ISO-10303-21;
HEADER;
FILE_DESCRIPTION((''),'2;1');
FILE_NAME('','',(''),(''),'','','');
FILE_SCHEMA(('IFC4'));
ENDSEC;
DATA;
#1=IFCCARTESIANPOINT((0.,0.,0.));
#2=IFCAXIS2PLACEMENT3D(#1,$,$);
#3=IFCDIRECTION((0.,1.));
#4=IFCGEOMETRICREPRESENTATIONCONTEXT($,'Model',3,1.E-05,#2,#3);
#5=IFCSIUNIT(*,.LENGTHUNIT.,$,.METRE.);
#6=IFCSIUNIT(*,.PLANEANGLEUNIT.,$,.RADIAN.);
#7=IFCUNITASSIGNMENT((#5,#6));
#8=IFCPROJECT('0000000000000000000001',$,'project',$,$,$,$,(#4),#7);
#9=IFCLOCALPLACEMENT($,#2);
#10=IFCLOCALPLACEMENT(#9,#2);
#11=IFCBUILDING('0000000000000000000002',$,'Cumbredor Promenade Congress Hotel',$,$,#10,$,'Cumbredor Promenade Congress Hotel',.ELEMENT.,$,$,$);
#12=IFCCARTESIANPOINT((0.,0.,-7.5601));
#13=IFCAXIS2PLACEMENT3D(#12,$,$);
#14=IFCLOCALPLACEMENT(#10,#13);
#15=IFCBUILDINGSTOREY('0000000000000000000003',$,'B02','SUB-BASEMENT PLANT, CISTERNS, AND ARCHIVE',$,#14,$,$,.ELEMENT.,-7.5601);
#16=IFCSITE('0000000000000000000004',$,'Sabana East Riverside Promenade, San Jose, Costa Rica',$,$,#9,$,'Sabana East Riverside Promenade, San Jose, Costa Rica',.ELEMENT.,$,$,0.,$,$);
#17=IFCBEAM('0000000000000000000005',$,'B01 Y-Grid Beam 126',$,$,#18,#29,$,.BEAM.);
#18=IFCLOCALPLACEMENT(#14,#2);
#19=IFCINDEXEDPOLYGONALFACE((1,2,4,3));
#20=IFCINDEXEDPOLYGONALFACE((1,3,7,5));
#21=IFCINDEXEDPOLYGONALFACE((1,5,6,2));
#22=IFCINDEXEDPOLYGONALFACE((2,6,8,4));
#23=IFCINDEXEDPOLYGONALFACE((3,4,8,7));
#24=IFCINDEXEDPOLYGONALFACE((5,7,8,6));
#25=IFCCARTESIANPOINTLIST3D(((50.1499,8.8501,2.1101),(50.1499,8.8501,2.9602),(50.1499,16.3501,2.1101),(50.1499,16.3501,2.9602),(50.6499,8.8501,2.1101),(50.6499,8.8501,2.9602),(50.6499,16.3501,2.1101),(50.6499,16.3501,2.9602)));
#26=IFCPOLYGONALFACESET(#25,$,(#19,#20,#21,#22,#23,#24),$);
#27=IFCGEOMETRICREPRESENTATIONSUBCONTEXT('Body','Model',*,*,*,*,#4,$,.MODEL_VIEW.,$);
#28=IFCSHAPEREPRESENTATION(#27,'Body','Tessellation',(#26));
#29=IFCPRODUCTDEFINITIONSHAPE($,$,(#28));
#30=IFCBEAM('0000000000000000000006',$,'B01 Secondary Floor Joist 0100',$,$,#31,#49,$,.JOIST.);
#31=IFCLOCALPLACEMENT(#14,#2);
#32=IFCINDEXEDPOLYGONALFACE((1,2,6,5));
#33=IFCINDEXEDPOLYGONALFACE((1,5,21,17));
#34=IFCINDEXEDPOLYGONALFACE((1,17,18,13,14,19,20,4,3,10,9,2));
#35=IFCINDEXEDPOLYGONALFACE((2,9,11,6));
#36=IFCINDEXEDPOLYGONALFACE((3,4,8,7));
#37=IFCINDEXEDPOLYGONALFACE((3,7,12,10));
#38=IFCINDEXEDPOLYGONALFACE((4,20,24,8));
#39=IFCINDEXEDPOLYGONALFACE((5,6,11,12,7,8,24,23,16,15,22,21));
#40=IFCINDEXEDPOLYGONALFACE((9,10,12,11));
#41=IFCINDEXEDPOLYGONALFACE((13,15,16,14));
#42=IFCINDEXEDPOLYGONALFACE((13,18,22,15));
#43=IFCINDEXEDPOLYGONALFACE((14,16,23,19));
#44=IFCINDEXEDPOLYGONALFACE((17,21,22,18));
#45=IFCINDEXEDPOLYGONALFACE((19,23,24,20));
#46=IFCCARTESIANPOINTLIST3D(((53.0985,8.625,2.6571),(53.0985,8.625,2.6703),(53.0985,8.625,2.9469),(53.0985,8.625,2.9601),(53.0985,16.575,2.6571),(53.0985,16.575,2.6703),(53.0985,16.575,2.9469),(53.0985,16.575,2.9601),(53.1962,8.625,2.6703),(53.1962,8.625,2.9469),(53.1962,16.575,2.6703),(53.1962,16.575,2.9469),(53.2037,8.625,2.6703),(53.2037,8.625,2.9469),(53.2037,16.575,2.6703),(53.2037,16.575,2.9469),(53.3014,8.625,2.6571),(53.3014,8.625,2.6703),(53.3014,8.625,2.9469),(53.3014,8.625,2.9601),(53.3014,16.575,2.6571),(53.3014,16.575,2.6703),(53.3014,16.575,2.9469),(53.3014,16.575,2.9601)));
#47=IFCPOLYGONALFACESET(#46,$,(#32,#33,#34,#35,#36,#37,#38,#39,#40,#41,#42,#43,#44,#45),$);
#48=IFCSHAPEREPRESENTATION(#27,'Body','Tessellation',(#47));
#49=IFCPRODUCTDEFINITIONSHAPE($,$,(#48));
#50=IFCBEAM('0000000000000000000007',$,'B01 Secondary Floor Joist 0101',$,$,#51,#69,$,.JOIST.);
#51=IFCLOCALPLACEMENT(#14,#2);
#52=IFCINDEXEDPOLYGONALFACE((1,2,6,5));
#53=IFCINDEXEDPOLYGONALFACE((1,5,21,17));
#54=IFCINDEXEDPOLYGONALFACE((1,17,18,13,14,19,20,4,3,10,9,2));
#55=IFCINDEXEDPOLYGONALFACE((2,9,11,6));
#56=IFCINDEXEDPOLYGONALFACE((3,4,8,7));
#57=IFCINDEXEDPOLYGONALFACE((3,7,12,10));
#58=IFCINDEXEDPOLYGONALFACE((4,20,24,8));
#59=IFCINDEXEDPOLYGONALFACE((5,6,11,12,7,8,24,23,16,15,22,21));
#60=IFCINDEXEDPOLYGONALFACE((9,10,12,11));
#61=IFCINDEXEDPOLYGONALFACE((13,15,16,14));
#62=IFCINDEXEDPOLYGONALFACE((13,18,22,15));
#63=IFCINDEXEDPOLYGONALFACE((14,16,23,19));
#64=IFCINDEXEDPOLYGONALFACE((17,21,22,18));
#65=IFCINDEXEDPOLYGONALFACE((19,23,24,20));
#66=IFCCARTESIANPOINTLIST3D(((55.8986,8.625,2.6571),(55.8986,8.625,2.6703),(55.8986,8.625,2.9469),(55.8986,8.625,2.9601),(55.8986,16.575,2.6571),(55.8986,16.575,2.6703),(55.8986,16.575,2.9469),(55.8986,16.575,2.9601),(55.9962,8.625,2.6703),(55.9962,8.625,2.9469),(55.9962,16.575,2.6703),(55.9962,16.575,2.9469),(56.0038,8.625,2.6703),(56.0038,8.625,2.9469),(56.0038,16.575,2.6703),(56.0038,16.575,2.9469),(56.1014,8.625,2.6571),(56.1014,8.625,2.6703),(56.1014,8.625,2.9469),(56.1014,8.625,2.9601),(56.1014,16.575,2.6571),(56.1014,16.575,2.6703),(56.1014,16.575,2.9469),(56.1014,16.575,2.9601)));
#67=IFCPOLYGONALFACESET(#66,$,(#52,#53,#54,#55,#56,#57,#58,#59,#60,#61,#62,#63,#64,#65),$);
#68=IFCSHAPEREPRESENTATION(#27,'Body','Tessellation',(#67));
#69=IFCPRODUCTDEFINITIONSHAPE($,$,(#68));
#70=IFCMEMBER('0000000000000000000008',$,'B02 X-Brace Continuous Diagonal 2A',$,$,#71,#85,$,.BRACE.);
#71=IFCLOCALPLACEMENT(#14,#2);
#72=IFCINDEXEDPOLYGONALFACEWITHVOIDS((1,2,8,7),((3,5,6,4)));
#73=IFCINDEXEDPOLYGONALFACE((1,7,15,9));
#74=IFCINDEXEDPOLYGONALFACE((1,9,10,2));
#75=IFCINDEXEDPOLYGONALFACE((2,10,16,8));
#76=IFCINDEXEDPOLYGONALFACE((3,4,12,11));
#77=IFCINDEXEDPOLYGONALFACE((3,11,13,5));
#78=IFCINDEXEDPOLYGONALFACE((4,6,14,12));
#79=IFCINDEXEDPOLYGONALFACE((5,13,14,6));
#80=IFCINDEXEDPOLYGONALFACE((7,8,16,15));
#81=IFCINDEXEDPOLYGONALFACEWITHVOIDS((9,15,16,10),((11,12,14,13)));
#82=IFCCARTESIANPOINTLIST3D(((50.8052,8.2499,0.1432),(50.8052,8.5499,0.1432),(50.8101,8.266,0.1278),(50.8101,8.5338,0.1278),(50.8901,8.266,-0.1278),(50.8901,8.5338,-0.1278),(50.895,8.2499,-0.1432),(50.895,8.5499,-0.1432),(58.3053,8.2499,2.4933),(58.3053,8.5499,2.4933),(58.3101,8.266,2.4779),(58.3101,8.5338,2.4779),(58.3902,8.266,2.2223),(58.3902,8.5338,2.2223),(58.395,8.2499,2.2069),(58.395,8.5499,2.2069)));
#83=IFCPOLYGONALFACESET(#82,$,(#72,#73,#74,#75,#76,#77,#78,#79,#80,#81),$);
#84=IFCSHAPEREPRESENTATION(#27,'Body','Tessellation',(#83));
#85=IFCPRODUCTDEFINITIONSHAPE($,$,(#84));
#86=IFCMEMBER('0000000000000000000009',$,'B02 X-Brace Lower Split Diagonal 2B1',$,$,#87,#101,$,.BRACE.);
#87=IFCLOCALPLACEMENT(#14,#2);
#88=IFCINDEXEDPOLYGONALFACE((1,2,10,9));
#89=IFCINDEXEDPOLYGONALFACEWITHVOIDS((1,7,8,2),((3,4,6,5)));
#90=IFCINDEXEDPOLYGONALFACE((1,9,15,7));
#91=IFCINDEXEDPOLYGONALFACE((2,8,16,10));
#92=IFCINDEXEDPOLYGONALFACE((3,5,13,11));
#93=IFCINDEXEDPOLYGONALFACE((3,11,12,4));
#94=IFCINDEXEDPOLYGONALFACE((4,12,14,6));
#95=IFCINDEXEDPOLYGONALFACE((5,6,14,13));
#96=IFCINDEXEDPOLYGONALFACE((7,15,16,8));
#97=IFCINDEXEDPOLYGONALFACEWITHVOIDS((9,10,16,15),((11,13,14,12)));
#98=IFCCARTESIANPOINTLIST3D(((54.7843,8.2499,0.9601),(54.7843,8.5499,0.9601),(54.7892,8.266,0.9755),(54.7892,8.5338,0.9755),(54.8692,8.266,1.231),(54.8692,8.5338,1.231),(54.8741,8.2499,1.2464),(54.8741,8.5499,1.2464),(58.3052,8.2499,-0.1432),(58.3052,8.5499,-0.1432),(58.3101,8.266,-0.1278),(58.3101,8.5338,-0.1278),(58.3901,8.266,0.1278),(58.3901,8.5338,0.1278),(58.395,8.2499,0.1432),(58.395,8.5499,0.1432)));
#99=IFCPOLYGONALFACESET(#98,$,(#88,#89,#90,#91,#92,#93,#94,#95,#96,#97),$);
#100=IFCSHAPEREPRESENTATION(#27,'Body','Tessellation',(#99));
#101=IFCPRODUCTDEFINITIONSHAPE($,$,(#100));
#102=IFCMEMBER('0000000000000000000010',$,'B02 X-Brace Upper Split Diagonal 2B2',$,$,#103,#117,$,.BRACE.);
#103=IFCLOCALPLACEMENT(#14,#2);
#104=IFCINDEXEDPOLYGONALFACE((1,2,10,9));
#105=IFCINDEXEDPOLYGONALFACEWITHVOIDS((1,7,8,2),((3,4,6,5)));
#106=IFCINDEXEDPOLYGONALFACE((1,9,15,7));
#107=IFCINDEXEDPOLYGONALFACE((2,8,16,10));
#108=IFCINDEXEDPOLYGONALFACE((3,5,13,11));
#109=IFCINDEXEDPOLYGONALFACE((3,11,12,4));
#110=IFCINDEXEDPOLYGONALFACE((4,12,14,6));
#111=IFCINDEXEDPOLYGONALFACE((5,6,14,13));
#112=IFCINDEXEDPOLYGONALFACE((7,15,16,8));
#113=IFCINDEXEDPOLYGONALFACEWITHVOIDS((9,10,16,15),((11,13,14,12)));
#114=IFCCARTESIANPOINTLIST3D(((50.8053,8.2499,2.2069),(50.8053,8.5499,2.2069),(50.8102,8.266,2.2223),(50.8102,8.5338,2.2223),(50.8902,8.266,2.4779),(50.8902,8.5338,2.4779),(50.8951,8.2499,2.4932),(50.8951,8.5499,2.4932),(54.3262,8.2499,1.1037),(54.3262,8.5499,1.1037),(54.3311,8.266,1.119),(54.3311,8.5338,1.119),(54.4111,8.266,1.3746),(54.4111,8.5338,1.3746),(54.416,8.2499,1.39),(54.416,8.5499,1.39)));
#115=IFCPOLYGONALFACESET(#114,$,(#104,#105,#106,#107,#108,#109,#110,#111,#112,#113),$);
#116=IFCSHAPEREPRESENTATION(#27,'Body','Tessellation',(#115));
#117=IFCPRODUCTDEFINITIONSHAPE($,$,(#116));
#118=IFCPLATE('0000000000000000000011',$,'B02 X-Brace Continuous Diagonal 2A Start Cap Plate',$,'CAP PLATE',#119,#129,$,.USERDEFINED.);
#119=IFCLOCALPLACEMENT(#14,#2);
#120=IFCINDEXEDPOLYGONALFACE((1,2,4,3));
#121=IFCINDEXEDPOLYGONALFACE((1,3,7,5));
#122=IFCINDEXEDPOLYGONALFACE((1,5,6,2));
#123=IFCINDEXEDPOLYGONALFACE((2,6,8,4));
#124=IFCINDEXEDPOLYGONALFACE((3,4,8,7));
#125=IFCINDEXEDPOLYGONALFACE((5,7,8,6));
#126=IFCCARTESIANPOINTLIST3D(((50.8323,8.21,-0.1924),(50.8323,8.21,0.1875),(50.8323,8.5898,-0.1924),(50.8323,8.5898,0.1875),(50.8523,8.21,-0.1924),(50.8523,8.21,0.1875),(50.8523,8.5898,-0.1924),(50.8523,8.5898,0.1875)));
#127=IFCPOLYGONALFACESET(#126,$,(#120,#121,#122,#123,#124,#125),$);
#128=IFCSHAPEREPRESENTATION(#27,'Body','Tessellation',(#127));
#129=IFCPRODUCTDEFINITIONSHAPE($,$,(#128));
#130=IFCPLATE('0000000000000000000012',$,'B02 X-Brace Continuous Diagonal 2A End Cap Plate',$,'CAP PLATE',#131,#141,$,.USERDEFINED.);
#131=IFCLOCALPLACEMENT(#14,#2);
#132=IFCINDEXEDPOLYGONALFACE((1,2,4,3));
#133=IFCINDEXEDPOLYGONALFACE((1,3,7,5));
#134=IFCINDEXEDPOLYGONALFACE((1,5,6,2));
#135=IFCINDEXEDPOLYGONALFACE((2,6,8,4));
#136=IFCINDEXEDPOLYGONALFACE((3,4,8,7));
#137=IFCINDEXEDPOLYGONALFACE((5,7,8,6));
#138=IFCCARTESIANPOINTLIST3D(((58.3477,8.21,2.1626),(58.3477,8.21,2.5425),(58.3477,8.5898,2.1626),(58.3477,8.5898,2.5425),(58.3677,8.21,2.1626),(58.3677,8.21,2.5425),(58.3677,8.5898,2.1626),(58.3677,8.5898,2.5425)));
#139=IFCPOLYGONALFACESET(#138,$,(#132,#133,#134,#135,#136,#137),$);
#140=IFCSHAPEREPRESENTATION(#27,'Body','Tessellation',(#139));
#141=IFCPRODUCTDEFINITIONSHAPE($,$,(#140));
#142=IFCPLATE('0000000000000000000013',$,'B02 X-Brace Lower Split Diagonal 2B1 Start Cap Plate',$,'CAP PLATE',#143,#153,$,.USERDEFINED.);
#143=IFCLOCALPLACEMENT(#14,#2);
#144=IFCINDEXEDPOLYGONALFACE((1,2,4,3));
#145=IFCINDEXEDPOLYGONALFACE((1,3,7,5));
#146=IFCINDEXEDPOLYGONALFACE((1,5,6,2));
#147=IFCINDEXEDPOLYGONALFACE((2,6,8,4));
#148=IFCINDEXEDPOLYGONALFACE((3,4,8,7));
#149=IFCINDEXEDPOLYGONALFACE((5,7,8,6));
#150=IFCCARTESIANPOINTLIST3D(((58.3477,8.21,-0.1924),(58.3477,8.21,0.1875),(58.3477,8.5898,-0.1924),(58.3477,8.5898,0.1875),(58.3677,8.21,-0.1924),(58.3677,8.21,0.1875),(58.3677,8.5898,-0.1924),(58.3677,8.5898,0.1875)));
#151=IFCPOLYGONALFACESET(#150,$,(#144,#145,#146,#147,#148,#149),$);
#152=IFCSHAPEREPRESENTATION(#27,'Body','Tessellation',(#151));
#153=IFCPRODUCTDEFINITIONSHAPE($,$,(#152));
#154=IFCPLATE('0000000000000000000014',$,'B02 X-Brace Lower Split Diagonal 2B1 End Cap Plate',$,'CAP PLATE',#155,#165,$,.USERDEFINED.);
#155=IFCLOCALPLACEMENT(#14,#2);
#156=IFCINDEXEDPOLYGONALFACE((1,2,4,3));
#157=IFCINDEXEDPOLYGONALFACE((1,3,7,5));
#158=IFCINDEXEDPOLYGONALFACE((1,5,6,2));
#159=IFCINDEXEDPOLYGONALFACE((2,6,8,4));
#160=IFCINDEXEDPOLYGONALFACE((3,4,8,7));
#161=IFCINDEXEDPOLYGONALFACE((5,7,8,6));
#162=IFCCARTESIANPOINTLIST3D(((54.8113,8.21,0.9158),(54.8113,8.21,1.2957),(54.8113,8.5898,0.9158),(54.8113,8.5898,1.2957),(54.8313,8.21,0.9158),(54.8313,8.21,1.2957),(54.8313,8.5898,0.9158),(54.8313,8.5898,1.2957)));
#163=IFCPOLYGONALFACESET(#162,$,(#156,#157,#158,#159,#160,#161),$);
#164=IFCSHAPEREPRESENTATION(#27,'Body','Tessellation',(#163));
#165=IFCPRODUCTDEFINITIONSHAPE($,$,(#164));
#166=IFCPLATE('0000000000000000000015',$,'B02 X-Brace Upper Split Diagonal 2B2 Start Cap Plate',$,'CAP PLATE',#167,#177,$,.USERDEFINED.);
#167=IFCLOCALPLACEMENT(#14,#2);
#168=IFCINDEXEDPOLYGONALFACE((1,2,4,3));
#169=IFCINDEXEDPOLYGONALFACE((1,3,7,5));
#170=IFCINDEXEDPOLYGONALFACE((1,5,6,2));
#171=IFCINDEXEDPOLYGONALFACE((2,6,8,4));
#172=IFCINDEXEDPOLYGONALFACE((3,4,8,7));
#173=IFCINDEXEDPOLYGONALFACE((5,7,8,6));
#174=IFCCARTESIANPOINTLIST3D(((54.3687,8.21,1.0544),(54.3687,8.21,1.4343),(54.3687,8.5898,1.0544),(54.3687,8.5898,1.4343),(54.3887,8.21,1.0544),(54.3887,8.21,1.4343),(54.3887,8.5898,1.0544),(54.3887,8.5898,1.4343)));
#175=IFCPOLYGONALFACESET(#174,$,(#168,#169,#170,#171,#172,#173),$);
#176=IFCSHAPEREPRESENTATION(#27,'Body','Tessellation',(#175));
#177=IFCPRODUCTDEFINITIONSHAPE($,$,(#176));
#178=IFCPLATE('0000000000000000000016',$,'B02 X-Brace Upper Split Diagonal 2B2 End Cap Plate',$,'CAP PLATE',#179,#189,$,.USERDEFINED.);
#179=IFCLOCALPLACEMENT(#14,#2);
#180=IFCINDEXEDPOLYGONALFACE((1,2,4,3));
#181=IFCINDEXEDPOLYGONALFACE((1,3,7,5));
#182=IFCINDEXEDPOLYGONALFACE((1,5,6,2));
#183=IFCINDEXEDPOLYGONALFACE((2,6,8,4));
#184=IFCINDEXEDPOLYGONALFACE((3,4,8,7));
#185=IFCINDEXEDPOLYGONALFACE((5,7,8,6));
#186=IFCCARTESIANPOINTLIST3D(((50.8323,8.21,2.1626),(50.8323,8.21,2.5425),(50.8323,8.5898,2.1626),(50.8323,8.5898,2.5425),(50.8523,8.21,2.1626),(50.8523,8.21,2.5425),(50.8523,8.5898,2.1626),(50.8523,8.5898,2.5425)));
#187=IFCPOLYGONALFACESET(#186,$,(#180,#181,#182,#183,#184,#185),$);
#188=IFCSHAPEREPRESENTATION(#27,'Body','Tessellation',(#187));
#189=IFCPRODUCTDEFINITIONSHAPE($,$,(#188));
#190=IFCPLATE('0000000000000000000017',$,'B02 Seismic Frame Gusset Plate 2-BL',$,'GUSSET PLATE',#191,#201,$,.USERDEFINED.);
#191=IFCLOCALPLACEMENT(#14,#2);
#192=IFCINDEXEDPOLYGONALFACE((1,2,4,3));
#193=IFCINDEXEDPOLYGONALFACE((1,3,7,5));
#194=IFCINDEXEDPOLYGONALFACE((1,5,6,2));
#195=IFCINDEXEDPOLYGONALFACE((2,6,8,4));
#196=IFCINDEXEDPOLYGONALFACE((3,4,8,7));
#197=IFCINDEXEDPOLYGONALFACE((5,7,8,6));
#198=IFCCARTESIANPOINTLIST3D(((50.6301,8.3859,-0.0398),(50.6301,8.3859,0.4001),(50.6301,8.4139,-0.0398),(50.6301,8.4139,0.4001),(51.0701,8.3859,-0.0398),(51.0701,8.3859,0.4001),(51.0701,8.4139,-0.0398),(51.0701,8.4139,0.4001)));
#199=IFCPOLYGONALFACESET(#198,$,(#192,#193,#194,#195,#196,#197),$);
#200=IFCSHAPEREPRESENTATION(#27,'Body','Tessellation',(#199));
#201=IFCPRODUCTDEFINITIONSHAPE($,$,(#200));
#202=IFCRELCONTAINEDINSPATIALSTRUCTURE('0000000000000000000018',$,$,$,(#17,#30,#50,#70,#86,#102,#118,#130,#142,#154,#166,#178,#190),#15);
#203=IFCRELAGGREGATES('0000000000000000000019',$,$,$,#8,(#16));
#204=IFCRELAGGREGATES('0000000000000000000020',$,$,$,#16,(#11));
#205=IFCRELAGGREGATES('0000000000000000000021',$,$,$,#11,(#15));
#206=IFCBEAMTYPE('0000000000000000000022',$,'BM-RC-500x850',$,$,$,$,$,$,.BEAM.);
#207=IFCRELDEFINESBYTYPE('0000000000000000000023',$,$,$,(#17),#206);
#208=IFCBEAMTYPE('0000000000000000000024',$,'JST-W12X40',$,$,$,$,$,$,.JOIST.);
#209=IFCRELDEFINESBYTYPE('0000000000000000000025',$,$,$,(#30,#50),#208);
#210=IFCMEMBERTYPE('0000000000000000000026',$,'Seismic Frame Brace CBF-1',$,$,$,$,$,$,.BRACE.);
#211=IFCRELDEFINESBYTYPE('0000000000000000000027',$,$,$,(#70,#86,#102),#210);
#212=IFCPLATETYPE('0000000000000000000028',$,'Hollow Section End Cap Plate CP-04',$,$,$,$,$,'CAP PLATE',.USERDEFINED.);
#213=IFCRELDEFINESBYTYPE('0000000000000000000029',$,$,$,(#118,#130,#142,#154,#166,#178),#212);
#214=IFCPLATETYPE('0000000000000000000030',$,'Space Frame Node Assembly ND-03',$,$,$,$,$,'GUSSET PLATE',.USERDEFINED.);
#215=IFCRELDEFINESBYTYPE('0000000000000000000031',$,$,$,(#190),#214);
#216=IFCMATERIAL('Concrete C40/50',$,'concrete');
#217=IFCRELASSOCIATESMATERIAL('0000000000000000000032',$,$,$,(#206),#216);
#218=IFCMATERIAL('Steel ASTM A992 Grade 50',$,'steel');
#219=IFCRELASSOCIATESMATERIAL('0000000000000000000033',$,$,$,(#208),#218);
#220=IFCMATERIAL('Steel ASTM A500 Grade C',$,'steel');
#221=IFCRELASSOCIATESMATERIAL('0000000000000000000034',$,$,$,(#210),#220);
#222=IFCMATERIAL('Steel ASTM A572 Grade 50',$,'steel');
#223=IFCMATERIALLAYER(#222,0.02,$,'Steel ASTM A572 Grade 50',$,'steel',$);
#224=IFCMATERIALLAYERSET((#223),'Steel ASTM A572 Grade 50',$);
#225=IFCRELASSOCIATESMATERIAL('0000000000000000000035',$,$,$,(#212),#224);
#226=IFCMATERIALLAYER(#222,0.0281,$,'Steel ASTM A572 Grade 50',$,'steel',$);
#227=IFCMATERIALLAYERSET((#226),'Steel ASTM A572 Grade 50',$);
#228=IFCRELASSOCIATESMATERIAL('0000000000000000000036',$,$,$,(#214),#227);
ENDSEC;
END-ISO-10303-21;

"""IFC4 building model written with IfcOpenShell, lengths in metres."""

from ifc_helpers import new_model, si_unit, direction, frame, origin, origin_2d, place, context, subcontext, project, spatial, rectangle, hollow_rectangle, i_section, extrude, material, layer, layer_set, material_profile, profile_set, type_object, element, save


model = new_model("IFC4")

# Units and contexts
model_context = context("Model", 3, precision=1e-05, world=origin(), true_north=direction((0.0, 1.0)))
body_context = subcontext(model_context, "Body", "Model", "MODEL_VIEW")
ifc_project = project(units=[si_unit("LENGTHUNIT", "METRE"), si_unit("PLANEANGLEUNIT", "RADIAN")], contexts=[model_context])

# Site, building, storey
site_placement = place(None, origin())
site = spatial("IfcSite", under=ifc_project, at=site_placement, Name="Sabana East Riverside Promenade, San Jose, Costa Rica", LongName="Sabana East Riverside Promenade, San Jose, Costa Rica", CompositionType="ELEMENT", RefElevation=0.0)
building_placement = place(site_placement, origin())
building = spatial("IfcBuilding", under=site, at=building_placement, Name="Cumbredor Promenade Congress Hotel", LongName="Cumbredor Promenade Congress Hotel", CompositionType="ELEMENT")
storey_placement = place(building_placement, frame((0.0, 0.0, -7.5601)))
storey = spatial("IfcBuildingStorey", under=building, at=storey_placement, Name="B02", Description="SUB-BASEMENT PLANT, CISTERNS, AND ARCHIVE", CompositionType="ELEMENT", Elevation=-7.5601)

# Shared definitions
ifc_material_1 = material(Name="Concrete C40/50", Category="concrete")

# Beams
ifc_material_profile_1 = material_profile(ifc_material_1, rectangle(XDim=0.5, YDim=0.8501, at=origin_2d()), Name="RC BEAM 500x850")
ifc_profile_set_1 = profile_set([ifc_material_profile_1], Name="Concrete C40/50")
beam_type_1 = type_object("IfcBeamType", Name="BM-RC-500x850", PredefinedType="BEAM", material=ifc_profile_set_1)
beam_1_placement = place(storey_placement, frame((50.3999, 8.8501, 2.5352), z_axis=(0.0, 1.0, 0.0), x_axis=(-1.0, 0.0, 0.0)))
element("IfcBeam", 1, at=beam_1_placement, inside=storey, type_object=beam_type_1, Name="B01 Y-Grid Beam 126", PredefinedType="BEAM", context=body_context, shape_type="SweptSolid", body=[
    extrude(rectangle(XDim=0.5, YDim=0.8501, at=origin_2d()), origin(), (0.0, 0.0, 1.0), 7.5),
])
ifc_material_2 = material(Name="Steel ASTM A992 Grade 50", Category="steel")
ifc_material_profile_2 = material_profile(ifc_material_2, i_section(OverallWidth=0.2029, OverallDepth=0.303, WebThickness=0.0076, FlangeThickness=0.0132, at=origin_2d()), Name="W12X40")
ifc_profile_set_2 = profile_set([ifc_material_profile_2], Name="Steel ASTM A992 Grade 50")
beam_type_2 = type_object("IfcBeamType", Name="JST-W12X40", PredefinedType="JOIST", material=ifc_profile_set_2)
for number, where, z_axis, x_axis, name in (
    (2, (53.2, 8.625, 2.8086), (0.0, 1.0, 0.0), (-1.0, 0.0, 0.0), "B01 Secondary Floor Joist 0100"),
    (3, (56.0, 8.625, 2.8086), (0.0, 1.0, 0.0), (-1.0, 0.0, 0.0), "B01 Secondary Floor Joist 0101"),
):
    element("IfcBeam", number, at=place(storey_placement, frame(where, z_axis=z_axis, x_axis=x_axis)), inside=storey, type_object=beam_type_2, Name=name, PredefinedType="JOIST", context=body_context, shape_type="SweptSolid", body=[
        extrude(i_section(OverallWidth=0.2029, OverallDepth=0.303, WebThickness=0.0076, FlangeThickness=0.0132, at=origin_2d()), origin(), (0.0, 0.0, 1.0), 7.95),
    ])

# Members
ifc_material_3 = material(Name="Steel ASTM A500 Grade C", Category="steel")
ifc_material_profile_3 = material_profile(ifc_material_3, hollow_rectangle(XDim=0.3, YDim=0.3, WallThickness=0.0161, at=origin_2d()), Name="HSS 300x300x16")
ifc_profile_set_3 = profile_set([ifc_material_profile_3], Name="Steel ASTM A500 Grade C")
member_type = type_object("IfcMemberType", Name="Seismic Frame Brace CBF-1", PredefinedType="BRACE", material=ifc_profile_set_3)
member_placement = place(storey_placement, frame((50.8501, 8.3999, 0.0), z_axis=(0.95425, 0.0, 0.299011), x_axis=(0.0, 1.0, 0.0)))
element("IfcMember", 4, at=member_placement, inside=storey, type_object=member_type, Name="B02 X-Brace Continuous Diagonal 2A", PredefinedType="BRACE", context=body_context, shape_type="SweptSolid", body=[
    extrude(hollow_rectangle(XDim=0.3, YDim=0.3, WallThickness=0.0161, at=origin_2d()), origin(), (0.0, 0.0, 1.0), 7.8596),
])
for number, where, z_axis, x_axis, name in (
    (5, (58.3501, 8.3999, 0.0), (-0.954251, 0.0, 0.299006), (0.0, -1.0, 0.0), "B02 X-Brace Lower Split Diagonal 2B1"),
    (6, (54.3711, 8.3999, 1.2468), (-0.954251, 0.0, 0.299006), (0.0, -1.0, 0.0), "B02 X-Brace Upper Split Diagonal 2B2"),
):
    element("IfcMember", number, at=place(storey_placement, frame(where, z_axis=z_axis, x_axis=x_axis)), inside=storey, type_object=member_type, Name=name, PredefinedType="BRACE", context=body_context, shape_type="SweptSolid", body=[
        extrude(hollow_rectangle(XDim=0.3, YDim=0.3, WallThickness=0.0161, at=origin_2d()), origin(), (0.0, 0.0, 1.0), 3.6897),
    ])

# Plates
ifc_material_4 = material(Name="Steel ASTM A572 Grade 50", Category="steel")
ifc_layer_1 = layer(ifc_material_4, 0.02, Name="Steel ASTM A572 Grade 50", Category="steel")
ifc_layer_set_1 = layer_set([ifc_layer_1], Name="Steel ASTM A572 Grade 50")
plate_type_1 = type_object("IfcPlateType", Name="Hollow Section End Cap Plate CP-04", ElementType="CAP PLATE", PredefinedType="USERDEFINED", material=ifc_layer_set_1)
for number, where, z_axis, x_axis, name in (
    (7, (50.8423, 8.3999, -0.1924), (0.0, 0.0, 1.0), (1.0, 0.0, 0.0), "B02 X-Brace Continuous Diagonal 2A Start Cap Plate"),
    (8, (58.3577, 8.3999, 2.1626), (0.0, 0.0, 1.0), (1.0, 0.0, 0.0), "B02 X-Brace Continuous Diagonal 2A End Cap Plate"),
    (9, (58.3577, 8.3999, -0.1924), (0.0, 0.0, 1.0), (-1.0, 0.0, 0.0), "B02 X-Brace Lower Split Diagonal 2B1 Start Cap Plate"),
    (10, (54.8213, 8.3999, 0.9158), (0.0, 0.0, 1.0), (-1.0, 0.0, 0.0), "B02 X-Brace Lower Split Diagonal 2B1 End Cap Plate"),
    (11, (54.3787, 8.3999, 1.0544), (0.0, 0.0, 1.0), (-1.0, 0.0, 0.0), "B02 X-Brace Upper Split Diagonal 2B2 Start Cap Plate"),
    (12, (50.8423, 8.3999, 2.1626), (0.0, 0.0, 1.0), (-1.0, 0.0, 0.0), "B02 X-Brace Upper Split Diagonal 2B2 End Cap Plate"),
):
    element("IfcPlate", number, at=place(storey_placement, frame(where, z_axis=z_axis, x_axis=x_axis)), inside=storey, type_object=plate_type_1, Name=name, ObjectType="CAP PLATE", PredefinedType="USERDEFINED", context=body_context, shape_type="SweptSolid", body=[
        extrude(rectangle(XDim=0.02, YDim=0.3799, at=origin_2d()), origin(), (0.0, 0.0, 1.0), 0.3799),
    ])
ifc_layer_2 = layer(ifc_material_4, 0.0281, Name="Steel ASTM A572 Grade 50", Category="steel")
ifc_layer_set_2 = layer_set([ifc_layer_2], Name="Steel ASTM A572 Grade 50")
plate_type_2 = type_object("IfcPlateType", Name="Space Frame Node Assembly ND-03", ElementType="GUSSET PLATE", PredefinedType="USERDEFINED", material=ifc_layer_set_2)
for number, where, z_axis, x_axis, name in (
    (13, (50.8501, 8.3999, -0.0398), (0.0, 0.0, 1.0), (1.0, 0.0, 0.0), "B02 Seismic Frame Gusset Plate 2-BL"),
):
    element("IfcPlate", number, at=place(storey_placement, frame(where, z_axis=z_axis, x_axis=x_axis)), inside=storey, type_object=plate_type_2, Name=name, ObjectType="GUSSET PLATE", PredefinedType="USERDEFINED", context=body_context, shape_type="SweptSolid", body=[
        extrude(rectangle(XDim=0.4399, YDim=0.0281, at=origin_2d()), origin(), (0.0, 0.0, 1.0), 0.4399),
    ])

save(model, "model.ifc")
